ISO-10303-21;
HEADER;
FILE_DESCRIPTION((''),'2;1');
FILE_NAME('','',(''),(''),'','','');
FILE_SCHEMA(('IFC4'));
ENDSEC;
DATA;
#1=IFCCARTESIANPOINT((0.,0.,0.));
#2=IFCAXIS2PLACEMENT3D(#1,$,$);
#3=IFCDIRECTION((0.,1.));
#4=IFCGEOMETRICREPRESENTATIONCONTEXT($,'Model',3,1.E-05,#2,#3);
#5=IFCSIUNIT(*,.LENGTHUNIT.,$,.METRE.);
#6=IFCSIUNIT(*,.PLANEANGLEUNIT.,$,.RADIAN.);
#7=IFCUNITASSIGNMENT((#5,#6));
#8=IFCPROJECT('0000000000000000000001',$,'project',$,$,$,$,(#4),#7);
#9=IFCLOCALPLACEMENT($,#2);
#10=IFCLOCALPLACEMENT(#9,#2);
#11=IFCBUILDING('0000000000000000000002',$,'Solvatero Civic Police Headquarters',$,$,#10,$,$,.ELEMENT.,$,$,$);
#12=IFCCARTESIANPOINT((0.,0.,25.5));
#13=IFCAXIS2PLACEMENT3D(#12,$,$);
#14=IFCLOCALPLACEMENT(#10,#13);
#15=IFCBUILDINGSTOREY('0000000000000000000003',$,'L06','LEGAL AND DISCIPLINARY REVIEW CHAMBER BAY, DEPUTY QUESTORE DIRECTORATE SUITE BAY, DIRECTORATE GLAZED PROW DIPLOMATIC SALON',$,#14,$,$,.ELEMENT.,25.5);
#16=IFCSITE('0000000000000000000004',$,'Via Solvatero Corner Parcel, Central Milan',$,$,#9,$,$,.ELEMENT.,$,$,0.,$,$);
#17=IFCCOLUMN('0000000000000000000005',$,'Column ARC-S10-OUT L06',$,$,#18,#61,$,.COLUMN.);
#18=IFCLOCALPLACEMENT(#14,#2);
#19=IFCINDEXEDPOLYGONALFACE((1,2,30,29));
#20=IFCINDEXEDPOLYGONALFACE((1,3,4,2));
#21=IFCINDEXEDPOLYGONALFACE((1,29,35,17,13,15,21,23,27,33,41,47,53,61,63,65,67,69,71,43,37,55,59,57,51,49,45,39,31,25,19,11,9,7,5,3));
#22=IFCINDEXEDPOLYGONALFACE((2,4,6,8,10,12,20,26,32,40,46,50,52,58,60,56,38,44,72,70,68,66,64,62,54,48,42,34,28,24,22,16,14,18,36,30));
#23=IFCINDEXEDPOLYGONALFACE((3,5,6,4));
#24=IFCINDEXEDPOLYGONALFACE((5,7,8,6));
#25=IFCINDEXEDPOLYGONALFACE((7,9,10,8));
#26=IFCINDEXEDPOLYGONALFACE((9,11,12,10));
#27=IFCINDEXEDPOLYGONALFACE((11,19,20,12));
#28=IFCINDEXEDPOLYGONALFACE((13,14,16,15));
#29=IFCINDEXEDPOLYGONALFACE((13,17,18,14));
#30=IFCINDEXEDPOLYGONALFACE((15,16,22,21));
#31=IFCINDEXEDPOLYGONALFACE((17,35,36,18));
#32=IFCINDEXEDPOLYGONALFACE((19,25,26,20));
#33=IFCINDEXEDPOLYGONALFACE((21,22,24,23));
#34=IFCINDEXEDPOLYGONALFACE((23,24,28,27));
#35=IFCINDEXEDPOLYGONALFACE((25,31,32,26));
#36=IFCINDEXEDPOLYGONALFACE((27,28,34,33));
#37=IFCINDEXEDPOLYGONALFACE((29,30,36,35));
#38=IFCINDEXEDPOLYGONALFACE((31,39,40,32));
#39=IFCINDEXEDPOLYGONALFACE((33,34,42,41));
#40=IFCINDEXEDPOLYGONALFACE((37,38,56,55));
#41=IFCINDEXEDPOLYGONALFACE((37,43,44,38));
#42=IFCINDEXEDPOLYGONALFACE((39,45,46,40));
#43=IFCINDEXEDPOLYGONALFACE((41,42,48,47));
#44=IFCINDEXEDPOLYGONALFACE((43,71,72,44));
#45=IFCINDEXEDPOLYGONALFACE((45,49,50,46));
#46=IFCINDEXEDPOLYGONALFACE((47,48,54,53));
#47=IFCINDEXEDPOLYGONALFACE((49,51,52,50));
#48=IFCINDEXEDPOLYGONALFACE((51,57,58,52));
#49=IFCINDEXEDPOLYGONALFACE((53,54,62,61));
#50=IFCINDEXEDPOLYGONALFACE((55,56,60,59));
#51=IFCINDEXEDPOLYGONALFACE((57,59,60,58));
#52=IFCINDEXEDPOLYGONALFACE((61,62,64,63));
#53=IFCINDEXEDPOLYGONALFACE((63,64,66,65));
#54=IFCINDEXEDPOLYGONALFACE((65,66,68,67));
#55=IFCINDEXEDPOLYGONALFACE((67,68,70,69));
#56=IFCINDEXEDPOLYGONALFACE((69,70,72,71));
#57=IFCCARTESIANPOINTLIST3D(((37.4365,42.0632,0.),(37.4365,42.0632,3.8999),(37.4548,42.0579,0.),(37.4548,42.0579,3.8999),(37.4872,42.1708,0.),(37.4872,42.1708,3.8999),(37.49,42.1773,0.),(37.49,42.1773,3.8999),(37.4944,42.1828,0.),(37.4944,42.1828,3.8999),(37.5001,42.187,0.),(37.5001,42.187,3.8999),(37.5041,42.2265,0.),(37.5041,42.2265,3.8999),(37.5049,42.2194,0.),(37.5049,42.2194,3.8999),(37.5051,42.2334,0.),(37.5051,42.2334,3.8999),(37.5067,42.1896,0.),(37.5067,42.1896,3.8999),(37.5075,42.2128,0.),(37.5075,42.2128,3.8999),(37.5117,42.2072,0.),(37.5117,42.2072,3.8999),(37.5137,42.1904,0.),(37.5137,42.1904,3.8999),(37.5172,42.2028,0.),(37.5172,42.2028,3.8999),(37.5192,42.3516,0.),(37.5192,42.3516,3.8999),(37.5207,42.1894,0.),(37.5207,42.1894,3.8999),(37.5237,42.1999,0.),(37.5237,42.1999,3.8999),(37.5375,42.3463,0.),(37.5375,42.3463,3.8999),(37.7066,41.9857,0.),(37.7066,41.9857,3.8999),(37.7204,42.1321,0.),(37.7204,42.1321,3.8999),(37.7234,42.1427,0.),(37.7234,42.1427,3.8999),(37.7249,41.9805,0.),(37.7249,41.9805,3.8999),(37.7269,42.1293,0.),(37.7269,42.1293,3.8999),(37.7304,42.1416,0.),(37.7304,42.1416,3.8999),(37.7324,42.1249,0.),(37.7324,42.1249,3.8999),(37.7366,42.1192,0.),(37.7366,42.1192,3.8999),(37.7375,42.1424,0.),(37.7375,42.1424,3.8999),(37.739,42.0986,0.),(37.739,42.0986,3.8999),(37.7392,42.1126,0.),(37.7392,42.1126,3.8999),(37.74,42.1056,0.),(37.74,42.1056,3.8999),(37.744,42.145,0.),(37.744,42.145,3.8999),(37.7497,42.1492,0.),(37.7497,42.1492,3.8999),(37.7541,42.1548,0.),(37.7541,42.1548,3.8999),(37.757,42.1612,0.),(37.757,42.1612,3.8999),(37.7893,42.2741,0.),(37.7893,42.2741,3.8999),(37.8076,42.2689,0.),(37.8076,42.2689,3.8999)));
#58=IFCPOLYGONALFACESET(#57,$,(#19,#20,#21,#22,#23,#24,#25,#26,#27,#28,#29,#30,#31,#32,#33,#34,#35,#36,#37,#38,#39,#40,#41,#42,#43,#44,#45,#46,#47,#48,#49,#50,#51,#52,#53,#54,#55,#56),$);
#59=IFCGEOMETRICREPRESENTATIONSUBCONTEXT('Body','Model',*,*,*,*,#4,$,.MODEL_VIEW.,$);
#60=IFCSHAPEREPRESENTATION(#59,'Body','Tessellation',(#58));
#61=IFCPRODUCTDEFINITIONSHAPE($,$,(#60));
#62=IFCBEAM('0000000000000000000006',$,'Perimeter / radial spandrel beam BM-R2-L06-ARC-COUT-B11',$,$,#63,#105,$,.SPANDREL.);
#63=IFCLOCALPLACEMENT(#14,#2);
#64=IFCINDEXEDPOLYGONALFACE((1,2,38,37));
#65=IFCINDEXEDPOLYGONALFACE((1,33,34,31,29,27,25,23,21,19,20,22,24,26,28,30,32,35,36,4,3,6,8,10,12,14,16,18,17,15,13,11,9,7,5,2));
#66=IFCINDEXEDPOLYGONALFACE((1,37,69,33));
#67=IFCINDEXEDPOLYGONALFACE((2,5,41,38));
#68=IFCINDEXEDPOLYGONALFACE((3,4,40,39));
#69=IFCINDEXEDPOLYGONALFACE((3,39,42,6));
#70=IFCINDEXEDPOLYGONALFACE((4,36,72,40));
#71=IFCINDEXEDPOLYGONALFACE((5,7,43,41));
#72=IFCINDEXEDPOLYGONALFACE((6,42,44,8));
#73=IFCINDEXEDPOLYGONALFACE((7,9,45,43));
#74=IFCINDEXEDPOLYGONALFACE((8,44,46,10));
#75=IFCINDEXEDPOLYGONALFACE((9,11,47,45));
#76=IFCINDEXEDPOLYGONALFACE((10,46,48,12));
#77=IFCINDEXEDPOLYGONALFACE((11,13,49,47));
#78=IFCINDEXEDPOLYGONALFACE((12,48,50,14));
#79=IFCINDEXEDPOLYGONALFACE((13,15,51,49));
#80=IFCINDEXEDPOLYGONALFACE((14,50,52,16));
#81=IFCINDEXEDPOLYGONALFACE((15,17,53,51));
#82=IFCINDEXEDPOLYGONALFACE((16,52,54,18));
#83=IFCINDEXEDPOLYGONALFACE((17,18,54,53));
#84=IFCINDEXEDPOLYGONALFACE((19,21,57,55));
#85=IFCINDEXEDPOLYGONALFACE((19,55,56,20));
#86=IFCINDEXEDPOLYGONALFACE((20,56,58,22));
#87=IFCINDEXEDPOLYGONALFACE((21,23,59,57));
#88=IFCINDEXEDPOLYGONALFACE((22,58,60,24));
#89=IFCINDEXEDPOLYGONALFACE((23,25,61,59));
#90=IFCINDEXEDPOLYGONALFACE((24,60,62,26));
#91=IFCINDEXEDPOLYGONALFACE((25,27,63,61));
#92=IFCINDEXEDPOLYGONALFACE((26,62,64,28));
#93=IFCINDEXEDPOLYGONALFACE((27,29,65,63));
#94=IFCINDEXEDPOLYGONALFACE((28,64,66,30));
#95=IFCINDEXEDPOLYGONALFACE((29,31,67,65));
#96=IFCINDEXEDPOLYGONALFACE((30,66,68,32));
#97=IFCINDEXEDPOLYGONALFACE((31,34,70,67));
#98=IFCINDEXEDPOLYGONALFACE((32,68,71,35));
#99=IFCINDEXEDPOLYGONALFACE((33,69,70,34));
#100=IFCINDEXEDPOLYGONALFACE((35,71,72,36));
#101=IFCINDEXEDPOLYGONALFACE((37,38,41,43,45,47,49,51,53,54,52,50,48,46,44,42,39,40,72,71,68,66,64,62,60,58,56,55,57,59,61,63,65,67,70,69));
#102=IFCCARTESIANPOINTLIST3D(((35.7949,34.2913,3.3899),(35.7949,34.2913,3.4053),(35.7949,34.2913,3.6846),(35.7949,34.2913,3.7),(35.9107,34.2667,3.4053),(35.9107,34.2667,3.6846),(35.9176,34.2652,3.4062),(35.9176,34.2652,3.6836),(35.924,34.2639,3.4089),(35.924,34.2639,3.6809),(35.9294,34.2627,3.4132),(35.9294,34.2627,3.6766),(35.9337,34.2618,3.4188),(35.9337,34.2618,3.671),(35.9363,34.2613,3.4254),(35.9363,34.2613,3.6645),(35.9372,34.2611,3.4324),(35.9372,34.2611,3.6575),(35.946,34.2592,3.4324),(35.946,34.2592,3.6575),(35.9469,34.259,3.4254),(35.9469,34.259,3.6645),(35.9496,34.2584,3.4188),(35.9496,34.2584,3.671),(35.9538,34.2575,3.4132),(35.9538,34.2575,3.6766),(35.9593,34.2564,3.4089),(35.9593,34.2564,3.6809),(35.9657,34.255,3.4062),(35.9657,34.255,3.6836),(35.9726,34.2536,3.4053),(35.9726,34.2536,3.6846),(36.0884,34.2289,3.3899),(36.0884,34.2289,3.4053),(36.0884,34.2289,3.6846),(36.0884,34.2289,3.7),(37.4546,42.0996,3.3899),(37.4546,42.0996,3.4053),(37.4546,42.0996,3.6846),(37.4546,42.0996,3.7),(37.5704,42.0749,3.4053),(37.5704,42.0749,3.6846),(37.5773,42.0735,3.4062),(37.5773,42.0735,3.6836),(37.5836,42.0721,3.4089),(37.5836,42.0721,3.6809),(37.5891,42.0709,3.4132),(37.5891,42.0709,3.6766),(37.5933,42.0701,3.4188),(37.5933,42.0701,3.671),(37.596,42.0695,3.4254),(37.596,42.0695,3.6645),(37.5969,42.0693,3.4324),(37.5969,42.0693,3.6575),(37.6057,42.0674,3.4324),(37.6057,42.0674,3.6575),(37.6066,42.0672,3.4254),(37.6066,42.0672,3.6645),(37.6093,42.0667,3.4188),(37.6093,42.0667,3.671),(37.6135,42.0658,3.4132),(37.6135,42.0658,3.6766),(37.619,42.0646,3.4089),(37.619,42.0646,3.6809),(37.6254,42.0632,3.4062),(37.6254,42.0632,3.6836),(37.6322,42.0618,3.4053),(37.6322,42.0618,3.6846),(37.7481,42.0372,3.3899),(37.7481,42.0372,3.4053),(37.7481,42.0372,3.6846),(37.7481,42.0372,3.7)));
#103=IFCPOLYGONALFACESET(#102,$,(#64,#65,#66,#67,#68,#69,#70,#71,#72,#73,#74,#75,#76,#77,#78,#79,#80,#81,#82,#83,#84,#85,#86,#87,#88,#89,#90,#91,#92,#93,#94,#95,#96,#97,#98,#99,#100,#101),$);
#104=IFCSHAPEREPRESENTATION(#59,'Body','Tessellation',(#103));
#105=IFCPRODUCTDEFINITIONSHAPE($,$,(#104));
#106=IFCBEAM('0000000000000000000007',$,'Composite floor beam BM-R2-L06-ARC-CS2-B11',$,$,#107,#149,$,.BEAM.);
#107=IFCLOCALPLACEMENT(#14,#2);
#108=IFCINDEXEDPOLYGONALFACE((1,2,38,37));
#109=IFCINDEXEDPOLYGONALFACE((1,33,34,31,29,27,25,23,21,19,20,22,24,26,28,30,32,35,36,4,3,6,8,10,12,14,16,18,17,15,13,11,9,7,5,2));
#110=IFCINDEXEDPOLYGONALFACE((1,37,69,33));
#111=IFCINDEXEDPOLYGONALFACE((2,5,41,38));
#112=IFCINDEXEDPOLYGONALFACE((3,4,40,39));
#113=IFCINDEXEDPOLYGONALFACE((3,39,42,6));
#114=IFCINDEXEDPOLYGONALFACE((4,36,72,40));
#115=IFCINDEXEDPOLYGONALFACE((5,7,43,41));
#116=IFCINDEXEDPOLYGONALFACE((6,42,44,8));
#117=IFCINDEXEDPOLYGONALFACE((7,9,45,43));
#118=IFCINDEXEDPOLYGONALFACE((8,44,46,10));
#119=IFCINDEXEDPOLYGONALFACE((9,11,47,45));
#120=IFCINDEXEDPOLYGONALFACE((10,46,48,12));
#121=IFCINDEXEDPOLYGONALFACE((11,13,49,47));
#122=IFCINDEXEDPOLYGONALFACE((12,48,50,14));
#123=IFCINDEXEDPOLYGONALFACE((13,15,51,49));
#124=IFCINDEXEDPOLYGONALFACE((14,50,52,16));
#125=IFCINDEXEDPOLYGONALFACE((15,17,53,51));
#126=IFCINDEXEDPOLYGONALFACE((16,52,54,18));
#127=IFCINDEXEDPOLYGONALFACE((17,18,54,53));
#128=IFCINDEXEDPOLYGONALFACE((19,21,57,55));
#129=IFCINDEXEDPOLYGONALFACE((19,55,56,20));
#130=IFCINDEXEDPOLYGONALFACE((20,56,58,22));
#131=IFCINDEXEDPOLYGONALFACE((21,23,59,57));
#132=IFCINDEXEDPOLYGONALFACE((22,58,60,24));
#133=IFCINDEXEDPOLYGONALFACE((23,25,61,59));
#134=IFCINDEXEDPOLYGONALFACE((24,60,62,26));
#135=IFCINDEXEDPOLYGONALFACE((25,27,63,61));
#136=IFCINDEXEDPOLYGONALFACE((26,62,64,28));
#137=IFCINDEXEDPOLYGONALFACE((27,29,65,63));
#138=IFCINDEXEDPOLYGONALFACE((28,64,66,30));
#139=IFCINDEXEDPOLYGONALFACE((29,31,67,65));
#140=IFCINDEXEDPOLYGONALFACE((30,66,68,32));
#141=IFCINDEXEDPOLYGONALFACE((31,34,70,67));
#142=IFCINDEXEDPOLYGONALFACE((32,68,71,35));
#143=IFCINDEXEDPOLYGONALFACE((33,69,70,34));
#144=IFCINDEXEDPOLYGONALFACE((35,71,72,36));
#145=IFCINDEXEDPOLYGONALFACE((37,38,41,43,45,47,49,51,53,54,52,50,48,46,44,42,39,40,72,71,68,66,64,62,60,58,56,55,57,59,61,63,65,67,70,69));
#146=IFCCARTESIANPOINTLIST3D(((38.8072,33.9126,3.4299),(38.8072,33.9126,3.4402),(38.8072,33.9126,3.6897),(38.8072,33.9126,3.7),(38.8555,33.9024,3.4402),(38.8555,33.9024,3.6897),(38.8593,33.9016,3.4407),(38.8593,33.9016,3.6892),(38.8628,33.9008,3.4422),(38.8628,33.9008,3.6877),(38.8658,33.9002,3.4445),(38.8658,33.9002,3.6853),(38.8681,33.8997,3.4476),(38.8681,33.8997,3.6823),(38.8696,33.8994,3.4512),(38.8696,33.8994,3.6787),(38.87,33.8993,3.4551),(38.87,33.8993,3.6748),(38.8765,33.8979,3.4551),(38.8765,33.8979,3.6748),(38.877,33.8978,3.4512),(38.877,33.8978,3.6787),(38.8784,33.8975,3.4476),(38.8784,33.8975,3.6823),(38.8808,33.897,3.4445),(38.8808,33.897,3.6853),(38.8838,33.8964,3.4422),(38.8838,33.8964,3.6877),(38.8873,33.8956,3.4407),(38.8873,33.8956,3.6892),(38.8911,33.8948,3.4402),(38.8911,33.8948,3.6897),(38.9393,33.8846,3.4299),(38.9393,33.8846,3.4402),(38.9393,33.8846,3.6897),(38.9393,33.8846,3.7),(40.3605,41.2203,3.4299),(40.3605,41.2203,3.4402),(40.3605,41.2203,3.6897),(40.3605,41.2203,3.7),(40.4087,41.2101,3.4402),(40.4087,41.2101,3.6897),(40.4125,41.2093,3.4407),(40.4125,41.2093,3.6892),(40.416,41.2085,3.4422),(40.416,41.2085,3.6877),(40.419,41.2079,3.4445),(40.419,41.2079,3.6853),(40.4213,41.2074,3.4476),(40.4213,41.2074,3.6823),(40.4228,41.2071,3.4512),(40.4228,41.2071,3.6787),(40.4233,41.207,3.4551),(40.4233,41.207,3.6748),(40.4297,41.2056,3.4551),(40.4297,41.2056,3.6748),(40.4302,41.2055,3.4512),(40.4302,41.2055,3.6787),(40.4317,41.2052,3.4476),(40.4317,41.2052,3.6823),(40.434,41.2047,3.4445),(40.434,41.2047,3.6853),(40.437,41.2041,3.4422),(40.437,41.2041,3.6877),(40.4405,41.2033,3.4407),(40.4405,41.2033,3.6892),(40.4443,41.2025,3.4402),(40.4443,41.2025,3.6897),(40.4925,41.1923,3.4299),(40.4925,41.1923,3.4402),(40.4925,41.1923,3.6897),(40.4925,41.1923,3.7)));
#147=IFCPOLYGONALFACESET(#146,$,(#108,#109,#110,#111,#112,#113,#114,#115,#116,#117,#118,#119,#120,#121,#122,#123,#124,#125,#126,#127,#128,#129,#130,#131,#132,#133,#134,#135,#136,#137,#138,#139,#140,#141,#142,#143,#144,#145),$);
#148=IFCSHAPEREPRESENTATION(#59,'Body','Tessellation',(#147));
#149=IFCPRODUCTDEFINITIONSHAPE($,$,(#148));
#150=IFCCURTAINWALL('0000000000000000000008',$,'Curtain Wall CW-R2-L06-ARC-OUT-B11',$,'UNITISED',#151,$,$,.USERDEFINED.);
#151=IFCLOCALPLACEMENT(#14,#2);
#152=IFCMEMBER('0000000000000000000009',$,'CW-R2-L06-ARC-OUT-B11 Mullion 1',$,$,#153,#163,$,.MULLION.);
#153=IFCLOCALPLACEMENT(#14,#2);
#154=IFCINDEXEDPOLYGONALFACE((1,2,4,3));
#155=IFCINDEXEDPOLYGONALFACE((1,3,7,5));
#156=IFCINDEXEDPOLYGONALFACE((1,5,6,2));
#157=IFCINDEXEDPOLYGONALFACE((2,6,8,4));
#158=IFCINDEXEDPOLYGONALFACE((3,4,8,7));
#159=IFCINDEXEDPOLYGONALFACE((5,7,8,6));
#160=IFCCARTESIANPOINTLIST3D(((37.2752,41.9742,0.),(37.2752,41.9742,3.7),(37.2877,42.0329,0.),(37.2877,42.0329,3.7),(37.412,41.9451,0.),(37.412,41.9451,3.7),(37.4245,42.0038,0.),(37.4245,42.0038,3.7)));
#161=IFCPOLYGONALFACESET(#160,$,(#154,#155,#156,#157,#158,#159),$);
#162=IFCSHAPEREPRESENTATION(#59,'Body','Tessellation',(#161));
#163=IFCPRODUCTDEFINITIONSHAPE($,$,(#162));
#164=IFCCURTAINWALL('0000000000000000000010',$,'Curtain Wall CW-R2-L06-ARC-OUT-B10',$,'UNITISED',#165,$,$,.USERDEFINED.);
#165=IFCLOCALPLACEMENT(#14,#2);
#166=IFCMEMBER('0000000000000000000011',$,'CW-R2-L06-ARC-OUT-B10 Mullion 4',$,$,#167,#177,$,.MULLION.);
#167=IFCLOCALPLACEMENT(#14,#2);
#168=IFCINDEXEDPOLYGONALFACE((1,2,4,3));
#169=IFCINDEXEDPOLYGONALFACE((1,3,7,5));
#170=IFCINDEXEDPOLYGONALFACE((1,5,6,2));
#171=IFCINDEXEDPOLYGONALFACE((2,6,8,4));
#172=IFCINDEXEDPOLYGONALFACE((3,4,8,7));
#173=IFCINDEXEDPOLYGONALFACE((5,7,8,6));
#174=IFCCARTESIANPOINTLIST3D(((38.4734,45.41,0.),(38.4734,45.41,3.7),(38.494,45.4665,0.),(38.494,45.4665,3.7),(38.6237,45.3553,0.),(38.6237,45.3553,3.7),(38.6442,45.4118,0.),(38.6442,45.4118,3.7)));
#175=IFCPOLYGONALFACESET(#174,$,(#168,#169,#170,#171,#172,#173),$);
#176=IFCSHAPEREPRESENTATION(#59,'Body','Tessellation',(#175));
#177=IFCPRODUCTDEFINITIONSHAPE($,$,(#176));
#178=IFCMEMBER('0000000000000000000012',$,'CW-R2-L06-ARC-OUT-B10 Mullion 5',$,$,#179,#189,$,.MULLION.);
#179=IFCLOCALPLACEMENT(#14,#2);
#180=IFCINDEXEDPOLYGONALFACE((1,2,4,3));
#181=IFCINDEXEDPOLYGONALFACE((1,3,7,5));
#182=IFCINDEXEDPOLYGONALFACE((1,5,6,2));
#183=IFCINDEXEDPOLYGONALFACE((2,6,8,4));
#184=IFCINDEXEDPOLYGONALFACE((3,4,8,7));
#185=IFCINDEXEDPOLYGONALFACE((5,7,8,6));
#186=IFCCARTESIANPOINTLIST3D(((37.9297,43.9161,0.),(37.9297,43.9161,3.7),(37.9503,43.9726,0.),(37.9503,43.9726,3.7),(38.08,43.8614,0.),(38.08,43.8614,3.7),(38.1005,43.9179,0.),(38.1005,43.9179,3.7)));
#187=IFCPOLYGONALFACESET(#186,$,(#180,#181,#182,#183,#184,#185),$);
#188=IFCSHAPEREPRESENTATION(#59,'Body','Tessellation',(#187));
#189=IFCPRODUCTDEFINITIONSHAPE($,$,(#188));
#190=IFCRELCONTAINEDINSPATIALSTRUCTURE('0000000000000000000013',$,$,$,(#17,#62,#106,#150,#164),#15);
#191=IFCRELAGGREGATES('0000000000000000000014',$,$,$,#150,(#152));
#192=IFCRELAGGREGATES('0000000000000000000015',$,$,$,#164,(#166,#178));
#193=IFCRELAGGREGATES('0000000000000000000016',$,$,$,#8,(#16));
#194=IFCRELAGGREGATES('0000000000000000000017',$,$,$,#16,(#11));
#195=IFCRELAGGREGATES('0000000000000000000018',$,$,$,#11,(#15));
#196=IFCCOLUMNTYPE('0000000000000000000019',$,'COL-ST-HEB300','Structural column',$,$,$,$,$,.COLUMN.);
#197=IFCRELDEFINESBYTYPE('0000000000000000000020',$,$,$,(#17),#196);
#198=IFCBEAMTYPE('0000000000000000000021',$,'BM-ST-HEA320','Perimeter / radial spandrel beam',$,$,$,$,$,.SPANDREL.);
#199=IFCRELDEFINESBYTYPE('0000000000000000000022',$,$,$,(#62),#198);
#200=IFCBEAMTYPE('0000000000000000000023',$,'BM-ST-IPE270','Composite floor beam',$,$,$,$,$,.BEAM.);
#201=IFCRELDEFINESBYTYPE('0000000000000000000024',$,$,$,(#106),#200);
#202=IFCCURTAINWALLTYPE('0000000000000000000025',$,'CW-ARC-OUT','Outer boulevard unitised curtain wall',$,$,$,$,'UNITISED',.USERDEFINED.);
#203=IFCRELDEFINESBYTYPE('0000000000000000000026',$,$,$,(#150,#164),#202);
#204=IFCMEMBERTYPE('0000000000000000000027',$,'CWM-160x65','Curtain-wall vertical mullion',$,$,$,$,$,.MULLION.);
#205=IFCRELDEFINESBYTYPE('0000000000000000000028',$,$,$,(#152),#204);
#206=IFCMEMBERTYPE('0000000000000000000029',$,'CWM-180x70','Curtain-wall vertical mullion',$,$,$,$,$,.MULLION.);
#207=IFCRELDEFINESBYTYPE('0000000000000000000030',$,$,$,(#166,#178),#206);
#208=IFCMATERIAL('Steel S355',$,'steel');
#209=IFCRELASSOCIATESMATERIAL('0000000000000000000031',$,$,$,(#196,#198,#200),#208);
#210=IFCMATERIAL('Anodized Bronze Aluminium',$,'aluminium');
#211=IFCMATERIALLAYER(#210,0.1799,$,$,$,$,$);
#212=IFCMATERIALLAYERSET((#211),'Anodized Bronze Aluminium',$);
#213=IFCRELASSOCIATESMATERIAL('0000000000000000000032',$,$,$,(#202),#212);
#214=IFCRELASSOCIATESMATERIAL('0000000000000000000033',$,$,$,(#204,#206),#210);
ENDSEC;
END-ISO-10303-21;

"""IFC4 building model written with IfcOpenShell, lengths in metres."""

from ifc_helpers import new_model, si_unit, direction, frame, origin, origin_2d, place, context, subcontext, project, spatial, rectangle, i_section, extrude, material, layer, layer_set, material_profile, profile_set, type_object, element, aggregate, save


model = new_model("IFC4")

# Units and contexts
model_context = context("Model", 3, precision=1e-05, world=origin(), true_north=direction((0.0, 1.0)))
body_context = subcontext(model_context, "Body", "Model", "MODEL_VIEW")
ifc_project = project(units=[si_unit("LENGTHUNIT", "METRE"), si_unit("PLANEANGLEUNIT", "RADIAN")], contexts=[model_context])

# Site, building, storey
site_placement = place(None, origin())
site = spatial("IfcSite", under=ifc_project, at=site_placement, Name="Via Solvatero Corner Parcel, Central Milan", CompositionType="ELEMENT", RefElevation=0.0)
building_placement = place(site_placement, origin())
building = spatial("IfcBuilding", under=site, at=building_placement, Name="Solvatero Civic Police Headquarters", CompositionType="ELEMENT")
storey_placement = place(building_placement, frame((0.0, 0.0, 25.5)))
storey = spatial("IfcBuildingStorey", under=building, at=storey_placement, Name="L06", Description="LEGAL AND DISCIPLINARY REVIEW CHAMBER BAY, DEPUTY QUESTORE DIRECTORATE SUITE BAY, DIRECTORATE GLAZED PROW DIPLOMATIC SALON", CompositionType="ELEMENT", Elevation=25.5)

# Column
ifc_material_1 = material(Name="Steel S355", Category="steel")
ifc_material_profile_1 = material_profile(ifc_material_1, i_section(OverallWidth=0.3, OverallDepth=0.3, WebThickness=0.011, FlangeThickness=0.019, FilletRadius=0.0271, at=origin_2d()), Name="HEB 300")
ifc_profile_set_1 = profile_set([ifc_material_profile_1], Name="Steel S355")
column_type = type_object("IfcColumnType", Name="COL-ST-HEB300", Description="Structural column", PredefinedType="COLUMN", material=ifc_profile_set_1)
column_placement = place(storey_placement, frame((37.6221, 42.166, 0.0), z_axis=(0.0, 0.0, 1.0), x_axis=(0.275637, 0.961262, 0.0)))
element("IfcColumn", 1, at=column_placement, inside=storey, type_object=column_type, Name="Column ARC-S10-OUT L06", PredefinedType="COLUMN", context=body_context, shape_type="SweptSolid", body=[
    extrude(i_section(OverallWidth=0.3, OverallDepth=0.3, WebThickness=0.011, FlangeThickness=0.019, FilletRadius=0.0271, at=origin_2d()), origin(), (0.0, 0.0, 1.0), 3.8999),
])

# Beams
ifc_material_profile_2 = material_profile(ifc_material_1, i_section(OverallWidth=0.3, OverallDepth=0.3101, WebThickness=0.009, FlangeThickness=0.0154, FilletRadius=0.0271, at=origin_2d()), Name="HEA 320")
ifc_profile_set_2 = profile_set([ifc_material_profile_2], Name="Steel S355")
beam_type_1 = type_object("IfcBeamType", Name="BM-ST-HEA320", Description="Perimeter / radial spandrel beam", PredefinedType="SPANDREL", material=ifc_profile_set_2)
beam_1_placement = place(storey_placement, frame((37.6013, 42.0684, 3.5449), z_axis=(-0.207912, -0.978148, 0.0), x_axis=(0.978148, -0.207912, 0.0)))
element("IfcBeam", 2, at=beam_1_placement, inside=storey, type_object=beam_type_1, Name="Perimeter / radial spandrel beam BM-R2-L06-ARC-COUT-B11", PredefinedType="SPANDREL", context=body_context, shape_type="SweptSolid", body=[
    extrude(i_section(OverallWidth=0.3, OverallDepth=0.3101, WebThickness=0.009, FlangeThickness=0.0154, FilletRadius=0.0271, at=origin_2d()), origin(), (0.0, 0.0, 1.0), 7.9827),
])
ifc_material_profile_3 = material_profile(ifc_material_1, i_section(OverallWidth=0.135, OverallDepth=0.27, WebThickness=0.0066, FlangeThickness=0.0103, FilletRadius=0.0149, at=origin_2d()), Name="IPE 270")
ifc_profile_set_3 = profile_set([ifc_material_profile_3], Name="Steel S355")
beam_type_2 = type_object("IfcBeamType", Name="BM-ST-IPE270", Description="Composite floor beam", PredefinedType="BEAM", material=ifc_profile_set_3)
beam_2_placement = place(storey_placement, frame((40.4265, 41.2063, 3.5649), z_axis=(-0.207904, -0.978149, 0.0), x_axis=(0.978149, -0.207904, 0.0)))
element("IfcBeam", 3, at=beam_2_placement, inside=storey, type_object=beam_type_2, Name="Composite floor beam BM-R2-L06-ARC-CS2-B11", PredefinedType="BEAM", context=body_context, shape_type="SweptSolid", body=[
    extrude(i_section(OverallWidth=0.135, OverallDepth=0.27, WebThickness=0.0066, FlangeThickness=0.0103, FilletRadius=0.0149, at=origin_2d()), origin(), (0.0, 0.0, 1.0), 7.4709),
])

# Curtain wall, member
ifc_material_2 = material(Name="Anodized Bronze Aluminium", Category="aluminium")
ifc_layer_1 = layer(ifc_material_2, 0.1799)
ifc_layer_set_1 = layer_set([ifc_layer_1], Name="Anodized Bronze Aluminium")
curtain_wall_type = type_object("IfcCurtainWallType", Name="CW-ARC-OUT", Description="Outer boulevard unitised curtain wall", ElementType="UNITISED", PredefinedType="USERDEFINED", material=ifc_layer_set_1)
curtain_wall_1_placement = place(storey_placement, origin())
curtain_wall_1 = element("IfcCurtainWall", 4, at=curtain_wall_1_placement, inside=storey, type_object=curtain_wall_type, Name="Curtain Wall CW-R2-L06-ARC-OUT-B11", ObjectType="UNITISED", PredefinedType="USERDEFINED")
ifc_material_profile_4 = material_profile(ifc_material_2, rectangle(XDim=0.0601, YDim=0.1399, at=origin_2d()), Name="ALU MULLION 60x140")
ifc_profile_set_4 = profile_set([ifc_material_profile_4], Name="Anodized Bronze Aluminium")
member_type_1 = type_object("IfcMemberType", Name="CWM-160x65", Description="Curtain-wall vertical mullion", PredefinedType="MULLION", material=ifc_profile_set_4)
member_1_placement = place(storey_placement, frame((37.3499, 41.989, 0.0), z_axis=(0.0, 0.0, 1.0), x_axis=(-0.207912, -0.978148, 0.0)))
member_1 = element("IfcMember", 5, at=member_1_placement, type_object=member_type_1, Name="CW-R2-L06-ARC-OUT-B11 Mullion 1", PredefinedType="MULLION", context=body_context, shape_type="SweptSolid", body=[
    extrude(rectangle(XDim=0.0601, YDim=0.1399, at=origin_2d()), origin(), (0.0, 0.0, 1.0), 3.7),
])

# Curtain wall, members
curtain_wall_2_placement = place(storey_placement, origin())
curtain_wall_2 = element("IfcCurtainWall", 6, at=curtain_wall_2_placement, inside=storey, type_object=curtain_wall_type, Name="Curtain Wall CW-R2-L06-ARC-OUT-B10", ObjectType="UNITISED", PredefinedType="USERDEFINED")
ifc_material_profile_5 = material_profile(ifc_material_2, rectangle(XDim=0.0601, YDim=0.1599, at=origin_2d()), Name="ALU MULLION 60x160")
ifc_profile_set_5 = profile_set([ifc_material_profile_5], Name="Anodized Bronze Aluminium")
member_type_2 = type_object("IfcMemberType", Name="CWM-180x70", Description="Curtain-wall vertical mullion", PredefinedType="MULLION", material=ifc_profile_set_5)
member_2_placement = place(storey_placement, frame((38.5588, 45.4109, 0.0), z_axis=(0.0, 0.0, 1.0), x_axis=(-0.34202, -0.939693, 0.0)))
member_2 = element("IfcMember", 7, at=member_2_placement, type_object=member_type_2, Name="CW-R2-L06-ARC-OUT-B10 Mullion 4", PredefinedType="MULLION", context=body_context, shape_type="SweptSolid", body=[
    extrude(rectangle(XDim=0.0601, YDim=0.1599, at=origin_2d()), origin(), (0.0, 0.0, 1.0), 3.7),
])
member_3_placement = place(storey_placement, frame((38.0151, 43.917, 0.0), z_axis=(0.0, 0.0, 1.0), x_axis=(-0.34202, -0.939693, 0.0)))
member_3 = element("IfcMember", 8, at=member_3_placement, type_object=member_type_2, Name="CW-R2-L06-ARC-OUT-B10 Mullion 5", PredefinedType="MULLION", context=body_context, shape_type="SweptSolid", body=[
    extrude(rectangle(XDim=0.0601, YDim=0.1599, at=origin_2d()), origin(), (0.0, 0.0, 1.0), 3.7),
])

aggregate(curtain_wall_1, [member_1])
aggregate(curtain_wall_2, [member_2, member_3])

save(model, "model.ifc")
